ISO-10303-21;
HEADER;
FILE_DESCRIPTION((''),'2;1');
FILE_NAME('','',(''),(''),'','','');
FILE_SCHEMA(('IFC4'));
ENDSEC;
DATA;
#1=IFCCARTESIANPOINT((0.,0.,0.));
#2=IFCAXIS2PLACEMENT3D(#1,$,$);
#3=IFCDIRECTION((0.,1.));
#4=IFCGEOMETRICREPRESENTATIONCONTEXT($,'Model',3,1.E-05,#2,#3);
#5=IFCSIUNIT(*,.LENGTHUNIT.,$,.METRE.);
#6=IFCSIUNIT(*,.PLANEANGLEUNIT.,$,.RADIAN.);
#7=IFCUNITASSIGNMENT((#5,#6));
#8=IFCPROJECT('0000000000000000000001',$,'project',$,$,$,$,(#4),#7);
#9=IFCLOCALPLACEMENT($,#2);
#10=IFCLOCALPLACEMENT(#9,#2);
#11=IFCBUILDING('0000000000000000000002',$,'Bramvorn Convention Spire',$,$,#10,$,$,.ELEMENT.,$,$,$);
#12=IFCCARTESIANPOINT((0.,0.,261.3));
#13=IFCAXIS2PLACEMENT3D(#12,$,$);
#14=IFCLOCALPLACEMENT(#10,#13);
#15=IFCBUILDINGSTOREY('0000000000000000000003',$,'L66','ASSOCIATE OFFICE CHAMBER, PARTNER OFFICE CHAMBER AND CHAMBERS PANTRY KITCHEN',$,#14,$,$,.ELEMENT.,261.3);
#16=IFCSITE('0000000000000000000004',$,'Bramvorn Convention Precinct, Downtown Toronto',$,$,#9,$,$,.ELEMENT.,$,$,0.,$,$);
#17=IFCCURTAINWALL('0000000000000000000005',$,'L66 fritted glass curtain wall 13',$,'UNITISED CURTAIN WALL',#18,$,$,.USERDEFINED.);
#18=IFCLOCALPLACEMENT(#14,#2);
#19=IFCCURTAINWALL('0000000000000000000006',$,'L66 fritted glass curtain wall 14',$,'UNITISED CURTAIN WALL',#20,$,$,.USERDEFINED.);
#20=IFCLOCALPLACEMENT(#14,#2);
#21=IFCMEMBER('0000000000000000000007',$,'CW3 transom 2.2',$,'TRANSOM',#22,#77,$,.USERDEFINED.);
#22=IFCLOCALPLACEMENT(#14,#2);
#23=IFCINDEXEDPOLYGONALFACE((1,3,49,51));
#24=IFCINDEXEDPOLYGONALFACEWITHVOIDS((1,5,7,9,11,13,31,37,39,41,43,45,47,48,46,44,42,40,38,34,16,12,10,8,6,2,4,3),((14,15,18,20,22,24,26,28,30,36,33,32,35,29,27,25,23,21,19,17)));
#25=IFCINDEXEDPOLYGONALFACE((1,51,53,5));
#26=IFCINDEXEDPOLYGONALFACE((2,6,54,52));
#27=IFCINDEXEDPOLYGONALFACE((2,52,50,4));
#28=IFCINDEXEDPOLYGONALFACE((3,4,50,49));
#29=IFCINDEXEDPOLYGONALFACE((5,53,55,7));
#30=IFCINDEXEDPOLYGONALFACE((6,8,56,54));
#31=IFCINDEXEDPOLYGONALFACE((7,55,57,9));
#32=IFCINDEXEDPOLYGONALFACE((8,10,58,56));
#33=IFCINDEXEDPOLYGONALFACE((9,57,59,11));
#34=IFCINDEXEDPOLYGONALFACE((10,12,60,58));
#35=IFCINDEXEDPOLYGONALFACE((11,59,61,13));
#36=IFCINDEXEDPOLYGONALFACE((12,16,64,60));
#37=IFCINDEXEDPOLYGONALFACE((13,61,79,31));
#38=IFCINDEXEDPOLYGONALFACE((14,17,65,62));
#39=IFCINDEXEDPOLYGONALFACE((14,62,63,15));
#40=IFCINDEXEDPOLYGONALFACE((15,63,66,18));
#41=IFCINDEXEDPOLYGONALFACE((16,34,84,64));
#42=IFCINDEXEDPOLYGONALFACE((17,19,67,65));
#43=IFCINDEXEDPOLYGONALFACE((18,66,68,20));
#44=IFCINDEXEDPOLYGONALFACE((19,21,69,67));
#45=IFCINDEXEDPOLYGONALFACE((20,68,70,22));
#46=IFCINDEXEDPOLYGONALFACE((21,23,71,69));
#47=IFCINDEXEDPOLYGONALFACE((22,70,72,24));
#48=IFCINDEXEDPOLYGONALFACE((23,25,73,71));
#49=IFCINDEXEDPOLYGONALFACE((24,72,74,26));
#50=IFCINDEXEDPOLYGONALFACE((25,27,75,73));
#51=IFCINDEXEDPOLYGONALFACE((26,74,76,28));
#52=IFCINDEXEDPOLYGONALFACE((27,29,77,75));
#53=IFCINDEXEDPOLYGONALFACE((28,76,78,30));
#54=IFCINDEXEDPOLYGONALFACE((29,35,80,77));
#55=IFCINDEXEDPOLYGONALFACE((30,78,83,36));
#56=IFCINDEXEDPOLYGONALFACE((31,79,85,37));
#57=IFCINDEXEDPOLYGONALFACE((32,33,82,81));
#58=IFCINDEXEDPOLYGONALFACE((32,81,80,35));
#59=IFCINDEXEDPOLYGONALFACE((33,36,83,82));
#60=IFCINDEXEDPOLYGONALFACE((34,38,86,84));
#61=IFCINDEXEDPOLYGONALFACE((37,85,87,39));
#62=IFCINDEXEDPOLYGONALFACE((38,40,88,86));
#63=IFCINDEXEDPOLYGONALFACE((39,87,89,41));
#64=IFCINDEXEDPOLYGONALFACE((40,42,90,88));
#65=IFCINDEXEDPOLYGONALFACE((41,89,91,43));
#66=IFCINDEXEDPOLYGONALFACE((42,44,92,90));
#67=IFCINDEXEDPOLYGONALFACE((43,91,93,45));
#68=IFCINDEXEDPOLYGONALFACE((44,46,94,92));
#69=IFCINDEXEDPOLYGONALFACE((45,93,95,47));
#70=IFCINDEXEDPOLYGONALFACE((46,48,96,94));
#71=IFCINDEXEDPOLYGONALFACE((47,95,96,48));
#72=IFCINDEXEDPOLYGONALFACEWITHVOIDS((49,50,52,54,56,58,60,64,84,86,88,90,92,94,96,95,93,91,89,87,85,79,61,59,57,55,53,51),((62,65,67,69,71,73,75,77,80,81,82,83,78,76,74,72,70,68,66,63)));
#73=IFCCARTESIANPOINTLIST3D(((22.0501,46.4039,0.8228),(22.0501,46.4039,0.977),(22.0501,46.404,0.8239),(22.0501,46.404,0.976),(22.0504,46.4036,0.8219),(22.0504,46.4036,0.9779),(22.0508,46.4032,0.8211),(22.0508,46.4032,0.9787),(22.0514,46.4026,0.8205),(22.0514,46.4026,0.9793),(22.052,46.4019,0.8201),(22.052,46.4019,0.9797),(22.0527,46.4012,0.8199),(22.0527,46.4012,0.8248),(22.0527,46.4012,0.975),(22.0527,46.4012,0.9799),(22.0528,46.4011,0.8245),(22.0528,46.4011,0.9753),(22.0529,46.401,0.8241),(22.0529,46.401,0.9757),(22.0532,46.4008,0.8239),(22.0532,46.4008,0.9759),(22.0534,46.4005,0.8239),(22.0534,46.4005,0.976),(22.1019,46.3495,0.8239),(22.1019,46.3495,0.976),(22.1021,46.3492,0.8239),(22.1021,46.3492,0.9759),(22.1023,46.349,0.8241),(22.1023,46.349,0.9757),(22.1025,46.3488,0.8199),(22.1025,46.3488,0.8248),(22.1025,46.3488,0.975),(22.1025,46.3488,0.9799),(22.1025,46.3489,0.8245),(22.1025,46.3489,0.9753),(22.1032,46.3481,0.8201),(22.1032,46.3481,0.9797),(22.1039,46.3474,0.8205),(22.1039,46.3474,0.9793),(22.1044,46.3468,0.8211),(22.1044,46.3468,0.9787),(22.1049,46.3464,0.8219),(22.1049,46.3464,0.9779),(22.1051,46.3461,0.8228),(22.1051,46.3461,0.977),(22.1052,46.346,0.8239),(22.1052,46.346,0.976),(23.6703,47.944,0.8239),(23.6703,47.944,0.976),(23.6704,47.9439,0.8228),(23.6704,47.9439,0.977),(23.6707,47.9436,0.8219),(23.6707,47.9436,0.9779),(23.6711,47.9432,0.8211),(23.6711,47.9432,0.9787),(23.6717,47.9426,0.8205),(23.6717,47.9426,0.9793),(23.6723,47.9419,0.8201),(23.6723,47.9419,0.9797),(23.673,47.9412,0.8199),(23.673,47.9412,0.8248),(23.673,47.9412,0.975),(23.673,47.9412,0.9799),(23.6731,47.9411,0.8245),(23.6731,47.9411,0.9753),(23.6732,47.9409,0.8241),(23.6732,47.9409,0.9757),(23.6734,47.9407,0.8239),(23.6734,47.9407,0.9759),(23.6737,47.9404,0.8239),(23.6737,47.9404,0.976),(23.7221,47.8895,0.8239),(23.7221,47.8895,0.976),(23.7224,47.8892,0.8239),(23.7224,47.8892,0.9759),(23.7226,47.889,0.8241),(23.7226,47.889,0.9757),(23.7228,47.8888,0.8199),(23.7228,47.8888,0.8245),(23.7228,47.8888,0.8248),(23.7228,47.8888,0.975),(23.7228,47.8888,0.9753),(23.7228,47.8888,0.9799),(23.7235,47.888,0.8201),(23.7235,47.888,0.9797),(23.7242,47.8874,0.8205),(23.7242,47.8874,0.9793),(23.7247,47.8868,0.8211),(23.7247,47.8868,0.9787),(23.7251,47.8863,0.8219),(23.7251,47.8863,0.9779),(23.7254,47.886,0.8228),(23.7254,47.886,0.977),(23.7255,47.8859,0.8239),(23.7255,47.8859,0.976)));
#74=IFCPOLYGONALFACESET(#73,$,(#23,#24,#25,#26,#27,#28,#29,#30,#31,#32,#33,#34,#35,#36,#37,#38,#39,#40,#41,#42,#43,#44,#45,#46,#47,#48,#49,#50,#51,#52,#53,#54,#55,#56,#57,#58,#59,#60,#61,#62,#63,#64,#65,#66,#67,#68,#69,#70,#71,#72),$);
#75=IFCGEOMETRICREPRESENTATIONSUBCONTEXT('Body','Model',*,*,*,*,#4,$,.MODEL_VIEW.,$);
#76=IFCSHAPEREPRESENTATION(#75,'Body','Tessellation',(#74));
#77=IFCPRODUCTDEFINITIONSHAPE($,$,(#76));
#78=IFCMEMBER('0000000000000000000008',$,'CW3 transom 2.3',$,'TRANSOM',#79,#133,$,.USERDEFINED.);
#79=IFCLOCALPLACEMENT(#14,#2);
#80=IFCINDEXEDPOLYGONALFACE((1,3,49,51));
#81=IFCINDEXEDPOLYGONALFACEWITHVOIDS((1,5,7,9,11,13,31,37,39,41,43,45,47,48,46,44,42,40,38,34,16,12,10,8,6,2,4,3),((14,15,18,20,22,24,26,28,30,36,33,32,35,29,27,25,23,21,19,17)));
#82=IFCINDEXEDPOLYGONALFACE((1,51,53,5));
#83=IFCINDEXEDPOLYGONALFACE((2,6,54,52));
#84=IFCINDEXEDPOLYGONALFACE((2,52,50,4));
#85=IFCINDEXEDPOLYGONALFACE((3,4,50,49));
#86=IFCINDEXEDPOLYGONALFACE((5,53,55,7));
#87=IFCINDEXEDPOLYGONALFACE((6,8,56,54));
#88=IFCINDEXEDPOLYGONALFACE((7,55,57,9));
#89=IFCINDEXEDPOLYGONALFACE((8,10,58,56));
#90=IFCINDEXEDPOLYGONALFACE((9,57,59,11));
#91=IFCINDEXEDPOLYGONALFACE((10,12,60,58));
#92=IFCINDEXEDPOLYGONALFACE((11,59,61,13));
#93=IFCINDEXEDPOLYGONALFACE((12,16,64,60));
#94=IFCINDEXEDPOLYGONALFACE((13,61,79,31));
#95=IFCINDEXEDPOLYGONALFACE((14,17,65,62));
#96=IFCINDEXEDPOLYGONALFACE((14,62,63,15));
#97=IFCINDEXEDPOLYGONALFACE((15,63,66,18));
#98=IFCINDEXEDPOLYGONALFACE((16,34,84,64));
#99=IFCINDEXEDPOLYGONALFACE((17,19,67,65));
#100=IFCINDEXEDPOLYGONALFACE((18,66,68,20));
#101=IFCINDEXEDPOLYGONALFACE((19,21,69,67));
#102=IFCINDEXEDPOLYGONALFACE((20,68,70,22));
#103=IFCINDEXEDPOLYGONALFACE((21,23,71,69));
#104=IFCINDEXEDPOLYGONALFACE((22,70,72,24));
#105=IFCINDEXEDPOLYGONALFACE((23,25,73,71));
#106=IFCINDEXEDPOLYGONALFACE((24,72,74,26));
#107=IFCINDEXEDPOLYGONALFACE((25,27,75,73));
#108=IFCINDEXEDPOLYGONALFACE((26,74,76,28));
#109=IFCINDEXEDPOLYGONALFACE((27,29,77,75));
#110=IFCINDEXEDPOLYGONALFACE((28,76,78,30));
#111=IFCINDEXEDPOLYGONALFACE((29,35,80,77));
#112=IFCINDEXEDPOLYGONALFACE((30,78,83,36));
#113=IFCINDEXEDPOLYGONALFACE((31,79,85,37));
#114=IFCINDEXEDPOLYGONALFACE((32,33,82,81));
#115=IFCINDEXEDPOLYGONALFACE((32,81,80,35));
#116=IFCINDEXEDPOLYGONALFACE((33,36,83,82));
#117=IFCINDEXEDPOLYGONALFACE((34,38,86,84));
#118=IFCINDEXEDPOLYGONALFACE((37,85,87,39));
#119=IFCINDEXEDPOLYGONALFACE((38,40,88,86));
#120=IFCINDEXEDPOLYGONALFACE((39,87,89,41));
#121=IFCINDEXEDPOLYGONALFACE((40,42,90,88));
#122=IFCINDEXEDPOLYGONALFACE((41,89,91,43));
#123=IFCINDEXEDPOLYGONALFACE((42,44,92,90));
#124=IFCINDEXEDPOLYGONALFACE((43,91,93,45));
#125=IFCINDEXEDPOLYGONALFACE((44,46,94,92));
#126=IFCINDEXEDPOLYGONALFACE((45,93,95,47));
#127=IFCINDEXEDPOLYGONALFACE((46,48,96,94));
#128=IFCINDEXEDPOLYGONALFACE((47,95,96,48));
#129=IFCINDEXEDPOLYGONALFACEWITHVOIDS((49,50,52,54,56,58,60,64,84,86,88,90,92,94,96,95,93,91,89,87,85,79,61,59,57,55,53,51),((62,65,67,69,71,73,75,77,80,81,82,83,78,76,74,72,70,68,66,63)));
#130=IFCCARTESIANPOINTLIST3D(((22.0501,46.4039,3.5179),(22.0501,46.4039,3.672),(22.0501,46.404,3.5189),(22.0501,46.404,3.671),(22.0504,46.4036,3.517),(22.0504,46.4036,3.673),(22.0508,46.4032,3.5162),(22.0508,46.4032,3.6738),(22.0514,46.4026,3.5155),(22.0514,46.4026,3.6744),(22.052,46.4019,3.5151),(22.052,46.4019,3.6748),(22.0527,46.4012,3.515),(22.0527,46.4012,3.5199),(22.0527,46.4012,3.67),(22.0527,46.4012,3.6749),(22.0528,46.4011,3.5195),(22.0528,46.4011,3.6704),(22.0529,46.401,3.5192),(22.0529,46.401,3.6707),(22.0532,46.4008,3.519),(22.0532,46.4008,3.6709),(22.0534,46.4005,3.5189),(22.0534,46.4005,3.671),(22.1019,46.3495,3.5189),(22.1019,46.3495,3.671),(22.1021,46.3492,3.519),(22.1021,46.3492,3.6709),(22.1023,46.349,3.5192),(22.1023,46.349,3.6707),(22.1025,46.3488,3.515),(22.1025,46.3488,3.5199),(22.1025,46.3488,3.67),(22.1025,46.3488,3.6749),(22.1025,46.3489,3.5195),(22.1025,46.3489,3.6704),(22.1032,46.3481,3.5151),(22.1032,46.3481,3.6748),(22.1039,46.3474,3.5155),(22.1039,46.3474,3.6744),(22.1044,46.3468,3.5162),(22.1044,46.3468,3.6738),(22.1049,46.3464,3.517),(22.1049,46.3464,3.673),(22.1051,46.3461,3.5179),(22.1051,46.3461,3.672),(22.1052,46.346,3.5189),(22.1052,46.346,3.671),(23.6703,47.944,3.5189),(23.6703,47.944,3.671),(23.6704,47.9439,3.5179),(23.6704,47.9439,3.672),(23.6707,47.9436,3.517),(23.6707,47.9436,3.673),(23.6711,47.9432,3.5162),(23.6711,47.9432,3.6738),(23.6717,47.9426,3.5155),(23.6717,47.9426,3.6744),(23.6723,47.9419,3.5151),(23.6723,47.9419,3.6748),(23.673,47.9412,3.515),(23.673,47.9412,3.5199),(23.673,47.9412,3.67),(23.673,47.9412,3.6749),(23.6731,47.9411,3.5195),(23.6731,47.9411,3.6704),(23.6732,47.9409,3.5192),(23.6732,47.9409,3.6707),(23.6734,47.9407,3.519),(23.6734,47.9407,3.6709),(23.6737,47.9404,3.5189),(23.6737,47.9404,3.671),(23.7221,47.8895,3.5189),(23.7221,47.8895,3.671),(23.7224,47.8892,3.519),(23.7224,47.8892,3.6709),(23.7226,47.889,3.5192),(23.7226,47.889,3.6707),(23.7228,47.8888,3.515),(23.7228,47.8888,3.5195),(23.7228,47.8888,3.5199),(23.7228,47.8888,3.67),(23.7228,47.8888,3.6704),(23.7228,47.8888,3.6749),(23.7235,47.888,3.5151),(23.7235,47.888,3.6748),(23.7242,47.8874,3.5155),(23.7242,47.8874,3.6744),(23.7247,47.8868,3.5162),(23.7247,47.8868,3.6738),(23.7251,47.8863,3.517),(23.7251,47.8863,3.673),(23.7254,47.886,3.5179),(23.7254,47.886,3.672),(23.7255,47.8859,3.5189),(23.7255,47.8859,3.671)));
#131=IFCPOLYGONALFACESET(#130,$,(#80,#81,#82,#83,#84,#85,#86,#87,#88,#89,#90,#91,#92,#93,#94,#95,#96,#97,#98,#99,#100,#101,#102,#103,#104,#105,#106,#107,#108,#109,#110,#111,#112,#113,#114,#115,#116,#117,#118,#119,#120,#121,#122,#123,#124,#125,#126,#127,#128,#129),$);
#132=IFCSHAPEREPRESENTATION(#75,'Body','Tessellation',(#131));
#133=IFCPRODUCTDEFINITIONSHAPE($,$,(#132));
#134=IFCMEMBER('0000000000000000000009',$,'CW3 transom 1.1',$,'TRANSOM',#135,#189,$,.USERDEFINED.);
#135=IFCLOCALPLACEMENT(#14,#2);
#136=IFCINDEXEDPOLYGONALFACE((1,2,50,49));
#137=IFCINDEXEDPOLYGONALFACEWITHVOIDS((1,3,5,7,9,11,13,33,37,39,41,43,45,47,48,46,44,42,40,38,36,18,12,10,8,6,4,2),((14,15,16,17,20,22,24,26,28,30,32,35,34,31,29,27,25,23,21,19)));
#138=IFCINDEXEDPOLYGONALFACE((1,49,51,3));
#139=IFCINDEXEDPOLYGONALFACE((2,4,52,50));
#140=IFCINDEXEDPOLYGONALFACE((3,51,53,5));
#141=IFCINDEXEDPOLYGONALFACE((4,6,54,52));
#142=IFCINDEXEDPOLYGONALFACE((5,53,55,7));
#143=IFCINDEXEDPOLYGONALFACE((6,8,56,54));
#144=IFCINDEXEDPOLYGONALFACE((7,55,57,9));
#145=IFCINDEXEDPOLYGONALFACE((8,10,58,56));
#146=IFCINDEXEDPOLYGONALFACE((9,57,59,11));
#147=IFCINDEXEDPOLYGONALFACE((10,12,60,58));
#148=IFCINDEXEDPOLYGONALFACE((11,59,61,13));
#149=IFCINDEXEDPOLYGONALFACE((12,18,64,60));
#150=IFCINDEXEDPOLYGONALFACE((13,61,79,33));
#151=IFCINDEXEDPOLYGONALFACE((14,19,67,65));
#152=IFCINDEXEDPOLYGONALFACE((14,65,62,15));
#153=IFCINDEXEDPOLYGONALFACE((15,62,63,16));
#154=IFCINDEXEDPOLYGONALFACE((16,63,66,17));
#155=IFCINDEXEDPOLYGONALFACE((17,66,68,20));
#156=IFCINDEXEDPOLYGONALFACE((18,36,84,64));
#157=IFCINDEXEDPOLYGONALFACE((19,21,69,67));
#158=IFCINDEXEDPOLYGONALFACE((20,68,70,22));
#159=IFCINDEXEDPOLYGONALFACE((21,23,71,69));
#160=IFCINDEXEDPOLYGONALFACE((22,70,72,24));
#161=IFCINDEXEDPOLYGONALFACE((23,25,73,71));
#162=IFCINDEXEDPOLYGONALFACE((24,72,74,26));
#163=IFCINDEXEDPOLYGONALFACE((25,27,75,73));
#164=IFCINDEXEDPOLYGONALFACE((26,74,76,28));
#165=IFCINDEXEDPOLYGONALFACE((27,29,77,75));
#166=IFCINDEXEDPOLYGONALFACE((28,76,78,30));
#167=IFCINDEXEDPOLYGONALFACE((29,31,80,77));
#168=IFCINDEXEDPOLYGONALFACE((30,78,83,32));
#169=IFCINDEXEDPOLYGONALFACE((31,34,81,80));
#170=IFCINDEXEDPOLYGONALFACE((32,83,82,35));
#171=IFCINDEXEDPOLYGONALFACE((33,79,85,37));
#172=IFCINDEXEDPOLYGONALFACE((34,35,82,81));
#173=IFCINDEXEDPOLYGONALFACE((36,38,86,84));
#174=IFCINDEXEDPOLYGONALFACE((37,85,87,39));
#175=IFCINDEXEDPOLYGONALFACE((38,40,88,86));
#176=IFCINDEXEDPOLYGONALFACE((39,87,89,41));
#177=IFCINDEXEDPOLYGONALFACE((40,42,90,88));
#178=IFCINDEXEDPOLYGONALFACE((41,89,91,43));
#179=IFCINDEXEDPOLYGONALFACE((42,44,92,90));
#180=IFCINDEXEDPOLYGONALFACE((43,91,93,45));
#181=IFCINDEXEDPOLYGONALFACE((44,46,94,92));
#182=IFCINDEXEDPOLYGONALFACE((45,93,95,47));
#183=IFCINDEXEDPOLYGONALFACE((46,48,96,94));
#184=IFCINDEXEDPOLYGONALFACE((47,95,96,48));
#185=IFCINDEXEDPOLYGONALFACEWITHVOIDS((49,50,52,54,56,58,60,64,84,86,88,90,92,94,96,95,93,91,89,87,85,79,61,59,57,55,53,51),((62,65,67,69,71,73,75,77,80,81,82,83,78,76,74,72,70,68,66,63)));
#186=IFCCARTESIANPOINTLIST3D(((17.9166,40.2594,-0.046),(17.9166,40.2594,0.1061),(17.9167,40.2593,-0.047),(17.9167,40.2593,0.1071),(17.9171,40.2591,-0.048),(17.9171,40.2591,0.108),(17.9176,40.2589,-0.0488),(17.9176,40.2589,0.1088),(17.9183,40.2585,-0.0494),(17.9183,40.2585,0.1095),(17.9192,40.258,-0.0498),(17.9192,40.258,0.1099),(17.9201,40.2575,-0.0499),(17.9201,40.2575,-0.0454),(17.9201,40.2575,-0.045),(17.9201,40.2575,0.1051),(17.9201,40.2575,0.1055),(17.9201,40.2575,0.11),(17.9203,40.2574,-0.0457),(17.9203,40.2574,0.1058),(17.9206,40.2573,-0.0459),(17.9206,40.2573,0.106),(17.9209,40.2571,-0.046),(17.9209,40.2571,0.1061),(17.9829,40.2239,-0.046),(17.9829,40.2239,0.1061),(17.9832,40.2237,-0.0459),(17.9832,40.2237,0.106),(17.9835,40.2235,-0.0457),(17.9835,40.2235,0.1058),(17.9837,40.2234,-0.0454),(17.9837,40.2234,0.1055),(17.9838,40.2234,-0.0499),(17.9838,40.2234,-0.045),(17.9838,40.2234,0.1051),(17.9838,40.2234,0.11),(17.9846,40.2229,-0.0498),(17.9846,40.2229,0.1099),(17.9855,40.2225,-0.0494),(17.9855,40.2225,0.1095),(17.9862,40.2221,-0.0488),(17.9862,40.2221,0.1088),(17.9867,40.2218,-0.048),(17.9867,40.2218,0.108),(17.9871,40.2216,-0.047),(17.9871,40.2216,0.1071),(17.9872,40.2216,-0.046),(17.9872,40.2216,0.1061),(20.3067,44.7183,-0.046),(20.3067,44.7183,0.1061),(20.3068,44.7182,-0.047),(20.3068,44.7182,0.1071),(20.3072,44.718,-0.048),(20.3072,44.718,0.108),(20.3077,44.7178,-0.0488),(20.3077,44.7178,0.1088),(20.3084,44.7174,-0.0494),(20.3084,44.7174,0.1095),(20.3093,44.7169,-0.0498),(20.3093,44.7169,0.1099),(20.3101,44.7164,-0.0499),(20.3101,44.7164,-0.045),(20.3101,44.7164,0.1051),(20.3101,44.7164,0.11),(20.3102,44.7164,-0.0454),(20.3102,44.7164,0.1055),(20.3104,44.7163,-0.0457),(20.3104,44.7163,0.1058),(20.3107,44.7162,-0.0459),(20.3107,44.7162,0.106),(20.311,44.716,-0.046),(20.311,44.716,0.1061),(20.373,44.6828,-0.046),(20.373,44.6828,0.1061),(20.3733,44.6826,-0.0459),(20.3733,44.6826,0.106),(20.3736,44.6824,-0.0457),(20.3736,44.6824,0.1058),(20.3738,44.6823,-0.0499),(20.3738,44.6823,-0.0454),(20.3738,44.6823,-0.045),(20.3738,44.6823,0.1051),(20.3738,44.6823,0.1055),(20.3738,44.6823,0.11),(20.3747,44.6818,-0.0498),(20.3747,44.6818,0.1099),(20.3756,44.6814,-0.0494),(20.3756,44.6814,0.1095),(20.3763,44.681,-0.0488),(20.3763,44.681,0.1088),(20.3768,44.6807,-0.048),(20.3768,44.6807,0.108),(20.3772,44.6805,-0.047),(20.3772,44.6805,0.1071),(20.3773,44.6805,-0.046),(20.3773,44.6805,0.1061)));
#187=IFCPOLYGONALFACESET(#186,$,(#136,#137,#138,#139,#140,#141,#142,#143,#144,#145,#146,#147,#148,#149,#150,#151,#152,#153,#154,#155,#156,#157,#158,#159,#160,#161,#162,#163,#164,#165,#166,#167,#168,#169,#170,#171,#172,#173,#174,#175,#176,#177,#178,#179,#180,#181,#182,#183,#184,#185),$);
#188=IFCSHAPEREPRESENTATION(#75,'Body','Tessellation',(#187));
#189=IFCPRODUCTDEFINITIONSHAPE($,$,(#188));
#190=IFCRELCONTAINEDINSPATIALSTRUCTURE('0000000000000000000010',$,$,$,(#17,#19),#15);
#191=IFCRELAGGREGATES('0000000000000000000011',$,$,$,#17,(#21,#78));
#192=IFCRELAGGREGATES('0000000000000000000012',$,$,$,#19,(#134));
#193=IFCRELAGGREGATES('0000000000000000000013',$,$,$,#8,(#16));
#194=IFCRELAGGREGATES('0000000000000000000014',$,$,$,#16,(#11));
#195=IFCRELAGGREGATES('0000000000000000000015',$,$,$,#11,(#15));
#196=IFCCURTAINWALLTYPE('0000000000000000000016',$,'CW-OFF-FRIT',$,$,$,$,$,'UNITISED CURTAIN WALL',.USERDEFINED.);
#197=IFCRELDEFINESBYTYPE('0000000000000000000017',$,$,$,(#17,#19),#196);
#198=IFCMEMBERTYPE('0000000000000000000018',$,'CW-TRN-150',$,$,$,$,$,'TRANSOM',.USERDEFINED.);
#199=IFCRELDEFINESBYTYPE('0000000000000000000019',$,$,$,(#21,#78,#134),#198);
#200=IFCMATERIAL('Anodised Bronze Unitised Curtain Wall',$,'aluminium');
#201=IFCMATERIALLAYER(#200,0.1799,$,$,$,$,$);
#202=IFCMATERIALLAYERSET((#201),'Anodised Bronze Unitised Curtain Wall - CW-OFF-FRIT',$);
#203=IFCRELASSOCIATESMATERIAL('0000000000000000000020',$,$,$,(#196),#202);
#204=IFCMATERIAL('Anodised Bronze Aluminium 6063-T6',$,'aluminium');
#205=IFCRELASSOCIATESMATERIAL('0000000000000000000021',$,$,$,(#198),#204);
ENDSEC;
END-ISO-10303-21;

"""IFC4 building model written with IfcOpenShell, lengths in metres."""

from ifc_helpers import new_model, si_unit, direction, frame, origin, origin_2d, place, context, subcontext, project, spatial, hollow_rectangle, extrude, material, layer, layer_set, material_profile, profile_set, type_object, element, aggregate, save


model = new_model("IFC4")

# Units and contexts
model_context = context("Model", 3, precision=1e-05, world=origin(), true_north=direction((0.0, 1.0)))
body_context = subcontext(model_context, "Body", "Model", "MODEL_VIEW")
ifc_project = project(units=[si_unit("LENGTHUNIT", "METRE"), si_unit("PLANEANGLEUNIT", "RADIAN")], contexts=[model_context])

# Site, building, storey
site_placement = place(None, origin())
site = spatial("IfcSite", under=ifc_project, at=site_placement, Name="Bramvorn Convention Precinct, Downtown Toronto", CompositionType="ELEMENT", RefElevation=0.0)
building_placement = place(site_placement, origin())
building = spatial("IfcBuilding", under=site, at=building_placement, Name="Bramvorn Convention Spire", CompositionType="ELEMENT")
storey_placement = place(building_placement, frame((0.0, 0.0, 261.3)))
storey = spatial("IfcBuildingStorey", under=building, at=storey_placement, Name="L66", Description="ASSOCIATE OFFICE CHAMBER, PARTNER OFFICE CHAMBER AND CHAMBERS PANTRY KITCHEN", CompositionType="ELEMENT", Elevation=261.3)

# Curtain walls
ifc_material_1 = material(Name="Anodised Bronze Unitised Curtain Wall", Category="aluminium")
ifc_layer_1 = layer(ifc_material_1, 0.1799)
ifc_layer_set_1 = layer_set([ifc_layer_1], Name="Anodised Bronze Unitised Curtain Wall - CW-OFF-FRIT")
curtain_wall_type = type_object("IfcCurtainWallType", Name="CW-OFF-FRIT", ElementType="UNITISED CURTAIN WALL", PredefinedType="USERDEFINED", material=ifc_layer_set_1)
curtain_wall_1_placement = place(storey_placement, origin())
curtain_wall_1 = element("IfcCurtainWall", 1, at=curtain_wall_1_placement, inside=storey, type_object=curtain_wall_type, Name="L66 fritted glass curtain wall 13", ObjectType="UNITISED CURTAIN WALL", PredefinedType="USERDEFINED")
ifc_material_2 = material(Name="Anodised Bronze Aluminium 6063-T6", Category="aluminium")
curtain_wall_2_placement = place(storey_placement, origin())
curtain_wall_2 = element("IfcCurtainWall", 2, at=curtain_wall_2_placement, inside=storey, type_object=curtain_wall_type, Name="L66 fritted glass curtain wall 14", ObjectType="UNITISED CURTAIN WALL", PredefinedType="USERDEFINED")

# Members
ifc_material_profile_1 = material_profile(ifc_material_2, hollow_rectangle(XDim=0.0801, YDim=0.1599, WallThickness=0.0039, InnerFilletRadius=0.001, OuterFilletRadius=0.0039, at=origin_2d()))
ifc_profile_set_1 = profile_set([ifc_material_profile_1], Name="Anodised Bronze Aluminium 6063-T6 - CWT80X160")
member_type_1 = type_object("IfcMemberType", Name="CW-TRN-150", ElementType="TRANSOM", PredefinedType="USERDEFINED", material=ifc_profile_set_1)
member_1_placement = place(storey_placement, frame((22.0776, 46.375, 0.8999), z_axis=(0.724844, 0.688913, 0.0), x_axis=(-0.688913, 0.724844, 0.0)))
member_1 = element("IfcMember", 3, at=member_1_placement, type_object=member_type_1, Name="CW3 transom 2.2", ObjectType="TRANSOM", PredefinedType="USERDEFINED", context=body_context, shape_type="SweptSolid", body=[
    extrude(hollow_rectangle(XDim=0.0801, YDim=0.1599, WallThickness=0.0039, InnerFilletRadius=0.001, OuterFilletRadius=0.0039, at=origin_2d()), origin(), (0.0, 0.0, 1.0), 2.2354),
])
member_2_placement = place(storey_placement, frame((22.0776, 46.375, 3.595), z_axis=(0.724844, 0.688913, 0.0), x_axis=(-0.688913, 0.724844, 0.0)))
member_2 = element("IfcMember", 4, at=member_2_placement, type_object=member_type_1, Name="CW3 transom 2.3", ObjectType="TRANSOM", PredefinedType="USERDEFINED", context=body_context, shape_type="SweptSolid", body=[
    extrude(hollow_rectangle(XDim=0.0801, YDim=0.1599, WallThickness=0.0039, InnerFilletRadius=0.001, OuterFilletRadius=0.0039, at=origin_2d()), origin(), (0.0, 0.0, 1.0), 2.2354),
])
member_3_placement = place(storey_placement, frame((17.9519, 40.2405, 0.03), z_axis=(0.472436, 0.881365, 0.0), x_axis=(-0.881365, 0.472436, 0.0)))
member_3 = element("IfcMember", 5, at=member_3_placement, type_object=member_type_1, Name="CW3 transom 1.1", ObjectType="TRANSOM", PredefinedType="USERDEFINED", context=body_context, shape_type="SweptSolid", body=[
    extrude(hollow_rectangle(XDim=0.0801, YDim=0.1599, WallThickness=0.0039, InnerFilletRadius=0.001, OuterFilletRadius=0.0039, at=origin_2d()), origin(), (0.0, 0.0, 1.0), 5.0591),
])

aggregate(curtain_wall_1, [member_1, member_2])
aggregate(curtain_wall_2, [member_3])

save(model, "model.ifc")
